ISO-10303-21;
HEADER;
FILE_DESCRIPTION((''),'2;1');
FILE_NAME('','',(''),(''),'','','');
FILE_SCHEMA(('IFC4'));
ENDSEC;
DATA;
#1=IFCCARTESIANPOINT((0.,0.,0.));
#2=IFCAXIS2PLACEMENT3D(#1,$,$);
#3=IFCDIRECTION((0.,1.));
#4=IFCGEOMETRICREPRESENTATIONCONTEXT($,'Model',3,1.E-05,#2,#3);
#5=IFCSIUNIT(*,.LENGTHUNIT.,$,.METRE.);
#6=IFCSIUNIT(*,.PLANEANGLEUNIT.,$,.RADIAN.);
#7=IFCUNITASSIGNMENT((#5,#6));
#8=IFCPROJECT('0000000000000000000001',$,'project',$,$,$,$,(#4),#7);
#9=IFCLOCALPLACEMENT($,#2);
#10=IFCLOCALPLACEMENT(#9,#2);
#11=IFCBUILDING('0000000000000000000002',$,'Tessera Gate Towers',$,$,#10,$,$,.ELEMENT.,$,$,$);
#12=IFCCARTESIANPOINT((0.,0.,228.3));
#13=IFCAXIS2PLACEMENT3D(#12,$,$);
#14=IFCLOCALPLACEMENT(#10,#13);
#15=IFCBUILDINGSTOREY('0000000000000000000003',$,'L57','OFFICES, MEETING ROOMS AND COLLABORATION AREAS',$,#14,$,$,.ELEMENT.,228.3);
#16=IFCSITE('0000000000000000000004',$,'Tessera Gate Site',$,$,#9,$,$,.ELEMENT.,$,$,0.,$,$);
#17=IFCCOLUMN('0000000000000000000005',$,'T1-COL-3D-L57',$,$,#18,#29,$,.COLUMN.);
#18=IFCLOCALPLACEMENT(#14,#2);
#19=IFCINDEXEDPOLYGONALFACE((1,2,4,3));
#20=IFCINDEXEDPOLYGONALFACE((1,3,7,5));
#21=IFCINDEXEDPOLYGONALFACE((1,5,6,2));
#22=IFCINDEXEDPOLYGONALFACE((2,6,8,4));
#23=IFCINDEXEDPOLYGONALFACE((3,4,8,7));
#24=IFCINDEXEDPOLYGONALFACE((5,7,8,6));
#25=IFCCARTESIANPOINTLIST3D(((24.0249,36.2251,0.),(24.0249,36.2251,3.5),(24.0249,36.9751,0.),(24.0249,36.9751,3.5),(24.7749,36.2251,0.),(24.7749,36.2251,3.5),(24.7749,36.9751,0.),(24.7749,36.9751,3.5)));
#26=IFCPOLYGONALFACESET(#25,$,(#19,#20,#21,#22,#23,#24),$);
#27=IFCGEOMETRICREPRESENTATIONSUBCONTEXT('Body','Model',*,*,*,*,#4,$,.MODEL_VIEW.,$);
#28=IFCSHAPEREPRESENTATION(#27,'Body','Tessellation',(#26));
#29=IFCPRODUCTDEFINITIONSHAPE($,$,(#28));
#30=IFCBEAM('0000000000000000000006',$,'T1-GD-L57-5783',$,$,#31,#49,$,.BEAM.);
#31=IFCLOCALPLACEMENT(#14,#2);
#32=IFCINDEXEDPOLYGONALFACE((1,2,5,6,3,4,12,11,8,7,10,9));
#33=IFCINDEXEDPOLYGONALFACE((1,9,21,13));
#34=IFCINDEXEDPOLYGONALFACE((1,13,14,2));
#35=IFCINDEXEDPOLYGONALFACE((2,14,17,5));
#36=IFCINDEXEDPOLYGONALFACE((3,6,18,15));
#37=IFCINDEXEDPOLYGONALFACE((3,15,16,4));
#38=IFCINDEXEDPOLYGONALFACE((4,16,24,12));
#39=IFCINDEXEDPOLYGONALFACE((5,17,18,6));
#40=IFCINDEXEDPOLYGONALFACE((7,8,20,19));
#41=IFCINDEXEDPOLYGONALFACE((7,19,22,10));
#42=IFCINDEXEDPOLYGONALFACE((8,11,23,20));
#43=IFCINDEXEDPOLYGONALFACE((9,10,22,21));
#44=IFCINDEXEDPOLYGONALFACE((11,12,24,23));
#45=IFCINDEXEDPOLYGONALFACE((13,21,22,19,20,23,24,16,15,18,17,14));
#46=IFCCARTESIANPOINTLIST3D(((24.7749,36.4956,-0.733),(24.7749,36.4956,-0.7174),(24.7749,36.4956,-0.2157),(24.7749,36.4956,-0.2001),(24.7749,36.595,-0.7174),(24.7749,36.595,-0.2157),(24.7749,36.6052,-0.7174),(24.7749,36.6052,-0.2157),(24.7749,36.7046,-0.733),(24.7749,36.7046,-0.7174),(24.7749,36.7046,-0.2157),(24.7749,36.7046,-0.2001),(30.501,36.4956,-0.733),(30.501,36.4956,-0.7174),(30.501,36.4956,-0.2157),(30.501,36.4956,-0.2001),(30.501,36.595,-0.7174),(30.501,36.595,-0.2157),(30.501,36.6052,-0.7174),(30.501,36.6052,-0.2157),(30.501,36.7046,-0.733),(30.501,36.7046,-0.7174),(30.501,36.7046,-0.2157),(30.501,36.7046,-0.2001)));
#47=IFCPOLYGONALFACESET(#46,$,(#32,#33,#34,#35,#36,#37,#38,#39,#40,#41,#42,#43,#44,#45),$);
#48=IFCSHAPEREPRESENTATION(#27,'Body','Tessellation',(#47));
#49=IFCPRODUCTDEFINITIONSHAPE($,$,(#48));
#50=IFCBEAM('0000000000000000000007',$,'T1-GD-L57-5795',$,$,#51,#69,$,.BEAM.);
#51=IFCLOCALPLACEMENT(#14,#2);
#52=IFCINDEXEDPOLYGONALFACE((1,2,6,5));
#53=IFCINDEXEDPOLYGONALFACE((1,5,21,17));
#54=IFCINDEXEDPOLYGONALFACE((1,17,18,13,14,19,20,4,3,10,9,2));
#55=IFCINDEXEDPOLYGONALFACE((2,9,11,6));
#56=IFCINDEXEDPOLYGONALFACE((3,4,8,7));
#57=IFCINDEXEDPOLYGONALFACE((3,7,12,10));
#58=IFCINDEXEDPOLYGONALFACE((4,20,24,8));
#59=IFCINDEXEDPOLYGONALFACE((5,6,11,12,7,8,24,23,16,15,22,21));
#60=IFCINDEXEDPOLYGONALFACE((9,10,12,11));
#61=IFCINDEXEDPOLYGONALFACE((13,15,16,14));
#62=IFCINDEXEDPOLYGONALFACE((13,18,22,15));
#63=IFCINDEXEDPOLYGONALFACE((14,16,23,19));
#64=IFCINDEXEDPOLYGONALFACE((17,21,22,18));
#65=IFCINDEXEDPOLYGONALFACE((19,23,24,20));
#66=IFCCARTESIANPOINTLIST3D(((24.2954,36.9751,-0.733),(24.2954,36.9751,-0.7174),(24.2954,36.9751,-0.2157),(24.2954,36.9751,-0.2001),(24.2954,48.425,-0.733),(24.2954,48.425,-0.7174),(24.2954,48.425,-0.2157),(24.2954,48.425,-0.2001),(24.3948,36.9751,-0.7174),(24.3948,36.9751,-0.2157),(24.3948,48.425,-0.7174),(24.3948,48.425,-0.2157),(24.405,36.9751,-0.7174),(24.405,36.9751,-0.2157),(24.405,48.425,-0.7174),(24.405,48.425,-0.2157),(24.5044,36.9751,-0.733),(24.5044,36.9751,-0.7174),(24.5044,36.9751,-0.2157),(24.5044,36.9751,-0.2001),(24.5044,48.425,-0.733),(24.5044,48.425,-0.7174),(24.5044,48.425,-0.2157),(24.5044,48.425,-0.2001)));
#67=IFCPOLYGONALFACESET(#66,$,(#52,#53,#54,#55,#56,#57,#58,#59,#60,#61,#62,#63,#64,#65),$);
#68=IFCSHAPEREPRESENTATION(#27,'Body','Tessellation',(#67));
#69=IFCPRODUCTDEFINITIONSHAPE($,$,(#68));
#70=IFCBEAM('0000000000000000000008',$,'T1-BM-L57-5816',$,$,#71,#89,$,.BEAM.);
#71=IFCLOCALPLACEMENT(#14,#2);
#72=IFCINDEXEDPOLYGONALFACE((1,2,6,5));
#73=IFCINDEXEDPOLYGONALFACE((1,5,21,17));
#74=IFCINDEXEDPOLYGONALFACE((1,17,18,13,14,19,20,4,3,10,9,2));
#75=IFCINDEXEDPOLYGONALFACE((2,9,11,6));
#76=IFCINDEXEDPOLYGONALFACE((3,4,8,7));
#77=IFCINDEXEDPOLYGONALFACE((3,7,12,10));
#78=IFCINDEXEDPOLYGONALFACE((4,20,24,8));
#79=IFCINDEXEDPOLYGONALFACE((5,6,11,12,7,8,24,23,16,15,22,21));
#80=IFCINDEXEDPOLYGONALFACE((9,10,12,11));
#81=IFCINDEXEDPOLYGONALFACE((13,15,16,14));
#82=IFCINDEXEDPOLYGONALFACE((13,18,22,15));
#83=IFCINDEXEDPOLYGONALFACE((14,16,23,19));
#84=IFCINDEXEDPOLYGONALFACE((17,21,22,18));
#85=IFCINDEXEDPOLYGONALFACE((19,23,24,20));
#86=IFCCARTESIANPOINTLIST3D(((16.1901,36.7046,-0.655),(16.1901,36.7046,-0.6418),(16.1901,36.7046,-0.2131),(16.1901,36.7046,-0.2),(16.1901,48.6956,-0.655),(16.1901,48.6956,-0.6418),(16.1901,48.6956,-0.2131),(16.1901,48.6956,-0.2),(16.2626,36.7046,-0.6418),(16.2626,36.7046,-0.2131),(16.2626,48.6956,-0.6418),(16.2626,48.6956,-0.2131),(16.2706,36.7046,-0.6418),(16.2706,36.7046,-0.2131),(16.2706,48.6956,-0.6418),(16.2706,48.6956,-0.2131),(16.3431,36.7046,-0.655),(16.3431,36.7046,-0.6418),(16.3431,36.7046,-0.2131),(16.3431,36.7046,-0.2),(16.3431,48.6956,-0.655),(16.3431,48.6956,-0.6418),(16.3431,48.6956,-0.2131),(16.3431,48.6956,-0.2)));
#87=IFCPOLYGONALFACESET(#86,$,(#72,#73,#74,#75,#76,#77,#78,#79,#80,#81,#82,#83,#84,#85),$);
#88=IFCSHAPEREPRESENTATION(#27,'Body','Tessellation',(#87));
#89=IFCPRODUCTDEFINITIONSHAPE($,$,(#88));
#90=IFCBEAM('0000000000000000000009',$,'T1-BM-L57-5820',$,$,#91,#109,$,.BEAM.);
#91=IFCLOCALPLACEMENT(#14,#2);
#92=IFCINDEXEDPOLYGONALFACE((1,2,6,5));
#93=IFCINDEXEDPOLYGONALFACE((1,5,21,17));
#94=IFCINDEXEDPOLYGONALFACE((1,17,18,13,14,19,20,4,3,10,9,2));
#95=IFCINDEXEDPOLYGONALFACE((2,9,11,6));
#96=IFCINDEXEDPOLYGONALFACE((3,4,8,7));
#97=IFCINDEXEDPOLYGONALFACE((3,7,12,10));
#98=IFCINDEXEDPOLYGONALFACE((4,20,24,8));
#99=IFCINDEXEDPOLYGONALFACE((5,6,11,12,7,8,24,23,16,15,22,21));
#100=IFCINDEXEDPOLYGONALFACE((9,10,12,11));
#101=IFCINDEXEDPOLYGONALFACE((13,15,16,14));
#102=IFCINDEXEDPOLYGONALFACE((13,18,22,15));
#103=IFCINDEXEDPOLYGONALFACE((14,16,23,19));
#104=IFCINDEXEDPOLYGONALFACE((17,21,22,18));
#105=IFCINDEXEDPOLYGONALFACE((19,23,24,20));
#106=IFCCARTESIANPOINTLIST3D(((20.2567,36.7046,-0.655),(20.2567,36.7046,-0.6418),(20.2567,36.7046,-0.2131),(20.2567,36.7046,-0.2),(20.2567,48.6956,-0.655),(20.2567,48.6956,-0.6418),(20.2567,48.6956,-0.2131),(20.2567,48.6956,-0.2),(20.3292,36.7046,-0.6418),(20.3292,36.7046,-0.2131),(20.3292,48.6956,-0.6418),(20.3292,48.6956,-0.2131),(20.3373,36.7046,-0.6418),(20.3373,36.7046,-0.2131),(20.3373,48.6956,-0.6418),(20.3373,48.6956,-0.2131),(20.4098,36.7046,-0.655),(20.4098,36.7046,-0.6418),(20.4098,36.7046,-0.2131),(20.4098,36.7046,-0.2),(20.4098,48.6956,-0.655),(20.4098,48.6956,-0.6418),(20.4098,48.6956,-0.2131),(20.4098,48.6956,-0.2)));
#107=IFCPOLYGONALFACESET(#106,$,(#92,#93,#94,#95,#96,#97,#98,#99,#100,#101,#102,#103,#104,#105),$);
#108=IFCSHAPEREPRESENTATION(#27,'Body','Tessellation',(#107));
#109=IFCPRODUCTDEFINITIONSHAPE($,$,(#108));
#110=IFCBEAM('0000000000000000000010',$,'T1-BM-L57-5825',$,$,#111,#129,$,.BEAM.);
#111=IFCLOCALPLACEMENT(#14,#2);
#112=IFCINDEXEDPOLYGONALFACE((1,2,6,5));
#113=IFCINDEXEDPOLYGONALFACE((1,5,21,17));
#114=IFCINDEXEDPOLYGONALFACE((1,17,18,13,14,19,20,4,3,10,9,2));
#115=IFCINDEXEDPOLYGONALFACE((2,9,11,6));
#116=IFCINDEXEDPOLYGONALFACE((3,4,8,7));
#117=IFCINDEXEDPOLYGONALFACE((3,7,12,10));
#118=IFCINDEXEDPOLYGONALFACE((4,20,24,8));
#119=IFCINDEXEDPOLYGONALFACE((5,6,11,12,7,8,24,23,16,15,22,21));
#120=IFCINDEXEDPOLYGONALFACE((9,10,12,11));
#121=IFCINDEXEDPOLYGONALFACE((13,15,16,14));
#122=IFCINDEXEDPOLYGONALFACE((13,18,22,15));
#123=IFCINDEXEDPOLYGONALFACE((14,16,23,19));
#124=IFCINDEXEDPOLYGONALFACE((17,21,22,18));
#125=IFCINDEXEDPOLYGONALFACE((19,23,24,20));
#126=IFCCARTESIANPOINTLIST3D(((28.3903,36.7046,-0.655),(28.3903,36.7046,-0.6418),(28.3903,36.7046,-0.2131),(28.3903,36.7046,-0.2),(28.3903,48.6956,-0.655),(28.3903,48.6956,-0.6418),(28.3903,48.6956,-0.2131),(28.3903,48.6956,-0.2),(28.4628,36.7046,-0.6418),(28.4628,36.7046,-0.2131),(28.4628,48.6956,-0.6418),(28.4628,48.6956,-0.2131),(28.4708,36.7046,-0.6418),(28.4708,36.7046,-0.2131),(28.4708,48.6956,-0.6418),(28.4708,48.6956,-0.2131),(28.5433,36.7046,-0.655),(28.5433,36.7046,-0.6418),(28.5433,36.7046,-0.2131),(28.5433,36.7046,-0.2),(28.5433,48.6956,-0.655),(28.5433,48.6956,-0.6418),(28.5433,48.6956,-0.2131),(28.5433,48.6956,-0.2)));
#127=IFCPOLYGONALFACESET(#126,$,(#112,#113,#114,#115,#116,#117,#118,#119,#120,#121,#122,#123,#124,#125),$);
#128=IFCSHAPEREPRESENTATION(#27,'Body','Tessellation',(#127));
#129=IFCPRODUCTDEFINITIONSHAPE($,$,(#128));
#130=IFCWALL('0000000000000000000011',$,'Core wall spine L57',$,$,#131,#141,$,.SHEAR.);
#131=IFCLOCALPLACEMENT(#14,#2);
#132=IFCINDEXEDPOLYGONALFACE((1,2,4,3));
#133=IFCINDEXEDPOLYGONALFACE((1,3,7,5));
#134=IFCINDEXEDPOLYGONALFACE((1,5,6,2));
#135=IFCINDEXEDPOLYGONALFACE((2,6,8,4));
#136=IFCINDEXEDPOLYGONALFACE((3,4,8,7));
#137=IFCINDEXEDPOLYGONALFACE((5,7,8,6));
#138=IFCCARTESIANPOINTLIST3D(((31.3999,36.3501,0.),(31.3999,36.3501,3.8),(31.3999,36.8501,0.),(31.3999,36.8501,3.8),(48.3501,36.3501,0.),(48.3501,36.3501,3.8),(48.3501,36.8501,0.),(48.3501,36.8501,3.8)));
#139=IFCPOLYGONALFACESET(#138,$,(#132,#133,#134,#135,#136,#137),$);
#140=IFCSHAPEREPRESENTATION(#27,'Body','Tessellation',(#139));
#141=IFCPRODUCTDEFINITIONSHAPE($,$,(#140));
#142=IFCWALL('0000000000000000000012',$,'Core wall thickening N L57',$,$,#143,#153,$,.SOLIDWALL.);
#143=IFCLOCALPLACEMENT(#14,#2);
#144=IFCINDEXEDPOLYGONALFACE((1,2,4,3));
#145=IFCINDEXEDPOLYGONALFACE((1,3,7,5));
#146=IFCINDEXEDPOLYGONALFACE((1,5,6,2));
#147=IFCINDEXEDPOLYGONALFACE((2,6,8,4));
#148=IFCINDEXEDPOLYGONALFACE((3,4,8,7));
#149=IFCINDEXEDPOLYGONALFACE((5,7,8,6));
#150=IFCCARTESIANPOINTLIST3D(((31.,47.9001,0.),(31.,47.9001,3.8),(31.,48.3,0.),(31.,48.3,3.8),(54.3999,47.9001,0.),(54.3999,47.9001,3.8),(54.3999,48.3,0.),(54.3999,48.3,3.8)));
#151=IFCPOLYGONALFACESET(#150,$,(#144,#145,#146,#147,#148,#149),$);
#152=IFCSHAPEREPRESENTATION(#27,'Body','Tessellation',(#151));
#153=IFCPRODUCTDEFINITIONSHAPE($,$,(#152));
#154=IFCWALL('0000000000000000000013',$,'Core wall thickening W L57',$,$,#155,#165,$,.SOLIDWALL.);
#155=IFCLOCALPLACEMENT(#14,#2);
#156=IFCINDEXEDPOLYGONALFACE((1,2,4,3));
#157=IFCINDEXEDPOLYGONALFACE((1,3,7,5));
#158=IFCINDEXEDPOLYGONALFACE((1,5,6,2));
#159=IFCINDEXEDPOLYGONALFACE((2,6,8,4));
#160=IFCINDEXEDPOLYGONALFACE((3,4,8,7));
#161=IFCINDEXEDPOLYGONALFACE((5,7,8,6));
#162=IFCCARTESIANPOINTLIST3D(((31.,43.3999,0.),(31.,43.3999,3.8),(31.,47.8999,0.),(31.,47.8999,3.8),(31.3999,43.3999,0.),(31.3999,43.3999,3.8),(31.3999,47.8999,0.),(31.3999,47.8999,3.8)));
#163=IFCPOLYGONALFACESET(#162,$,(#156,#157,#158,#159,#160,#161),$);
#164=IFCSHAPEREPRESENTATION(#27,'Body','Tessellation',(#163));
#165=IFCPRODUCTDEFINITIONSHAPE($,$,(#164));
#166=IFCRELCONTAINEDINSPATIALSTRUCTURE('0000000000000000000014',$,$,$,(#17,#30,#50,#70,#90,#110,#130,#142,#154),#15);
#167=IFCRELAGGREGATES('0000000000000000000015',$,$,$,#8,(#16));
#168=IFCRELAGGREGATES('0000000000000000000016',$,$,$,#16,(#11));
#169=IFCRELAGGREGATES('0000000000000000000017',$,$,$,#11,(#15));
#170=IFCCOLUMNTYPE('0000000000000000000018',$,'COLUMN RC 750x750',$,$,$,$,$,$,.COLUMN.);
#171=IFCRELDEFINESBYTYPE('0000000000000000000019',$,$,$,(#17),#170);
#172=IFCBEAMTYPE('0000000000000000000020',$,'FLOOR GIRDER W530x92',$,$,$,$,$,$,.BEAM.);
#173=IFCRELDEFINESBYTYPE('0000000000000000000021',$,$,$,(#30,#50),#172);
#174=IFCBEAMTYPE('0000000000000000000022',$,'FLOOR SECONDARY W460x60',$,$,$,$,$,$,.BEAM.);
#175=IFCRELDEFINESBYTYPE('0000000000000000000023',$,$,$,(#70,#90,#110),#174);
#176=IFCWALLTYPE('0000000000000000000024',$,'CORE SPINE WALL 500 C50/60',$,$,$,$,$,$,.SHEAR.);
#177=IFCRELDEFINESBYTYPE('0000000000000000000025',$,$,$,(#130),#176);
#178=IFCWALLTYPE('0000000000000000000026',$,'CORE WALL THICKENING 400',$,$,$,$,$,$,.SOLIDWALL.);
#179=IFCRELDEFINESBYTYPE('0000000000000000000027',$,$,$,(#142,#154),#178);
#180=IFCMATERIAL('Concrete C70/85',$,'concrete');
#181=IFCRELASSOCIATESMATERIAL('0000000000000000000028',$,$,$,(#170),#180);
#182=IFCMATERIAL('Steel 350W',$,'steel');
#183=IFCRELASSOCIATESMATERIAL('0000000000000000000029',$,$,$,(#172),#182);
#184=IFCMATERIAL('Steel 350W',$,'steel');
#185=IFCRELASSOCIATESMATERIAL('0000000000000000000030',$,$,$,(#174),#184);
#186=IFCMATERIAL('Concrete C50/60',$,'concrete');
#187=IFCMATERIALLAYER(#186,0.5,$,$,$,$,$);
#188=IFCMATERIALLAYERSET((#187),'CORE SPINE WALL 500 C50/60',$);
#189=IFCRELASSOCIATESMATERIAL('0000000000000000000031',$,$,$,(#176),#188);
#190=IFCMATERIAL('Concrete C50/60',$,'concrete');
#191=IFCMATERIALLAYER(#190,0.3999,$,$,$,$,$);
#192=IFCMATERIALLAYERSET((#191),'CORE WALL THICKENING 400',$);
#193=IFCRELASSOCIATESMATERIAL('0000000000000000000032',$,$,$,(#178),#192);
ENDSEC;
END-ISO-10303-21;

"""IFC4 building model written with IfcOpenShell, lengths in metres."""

from ifc_helpers import new_model, si_unit, direction, frame, frame_2d, origin, origin_2d, place, context, subcontext, project, spatial, rectangle, i_section, extrude, material, layer, layer_set, material_profile, profile_set, type_object, element, save


model = new_model("IFC4")

# Units and contexts
model_context = context("Model", 3, precision=1e-05, world=origin(), true_north=direction((0.0, 1.0)))
body_context = subcontext(model_context, "Body", "Model", "MODEL_VIEW")
ifc_project = project(units=[si_unit("LENGTHUNIT", "METRE"), si_unit("PLANEANGLEUNIT", "RADIAN")], contexts=[model_context])

# Site, building, storey
site_placement = place(None, origin())
site = spatial("IfcSite", under=ifc_project, at=site_placement, Name="Tessera Gate Site", CompositionType="ELEMENT", RefElevation=0.0)
building_placement = place(site_placement, origin())
building = spatial("IfcBuilding", under=site, at=building_placement, Name="Tessera Gate Towers", CompositionType="ELEMENT")
storey_placement = place(building_placement, frame((0.0, 0.0, 228.3)))
storey = spatial("IfcBuildingStorey", under=building, at=storey_placement, Name="L57", Description="OFFICES, MEETING ROOMS AND COLLABORATION AREAS", CompositionType="ELEMENT", Elevation=228.3)

# Column
ifc_material_1 = material(Name="Concrete C70/85", Category="concrete")
ifc_material_profile_1 = material_profile(ifc_material_1, rectangle(XDim=0.75, YDim=0.75, at=origin_2d()), Name="RC 750x750")
ifc_profile_set_1 = profile_set([ifc_material_profile_1], Name="Concrete C70/85")
column_type = type_object("IfcColumnType", Name="COLUMN RC 750x750", PredefinedType="COLUMN", material=ifc_profile_set_1)
column_placement = place(storey_placement, frame((24.3999, 36.6001, 0.0), z_axis=(0.0, 0.0, 1.0), x_axis=(1.0, 0.0, 0.0)))
element("IfcColumn", 1, at=column_placement, inside=storey, type_object=column_type, Name="T1-COL-3D-L57", PredefinedType="COLUMN", context=body_context, shape_type="SweptSolid", body=[
    extrude(rectangle(XDim=0.75, YDim=0.75, at=origin_2d()), origin(), (0.0, 0.0, 1.0), 3.5),
])

# Beams
ifc_material_2 = material(Name="Steel 350W", Category="steel")
ifc_material_profile_2 = material_profile(ifc_material_2, i_section(OverallWidth=0.209, OverallDepth=0.533, WebThickness=0.0103, FlangeThickness=0.0156, at=origin_2d()), Name="W530x92")
ifc_profile_set_2 = profile_set([ifc_material_profile_2], Name="Steel 350W")
beam_type_1 = type_object("IfcBeamType", Name="FLOOR GIRDER W530x92", PredefinedType="BEAM", material=ifc_profile_set_2)
beam_1_placement = place(storey_placement, frame((24.7749, 36.6001, -0.4666), z_axis=(1.0, 0.0, 0.0), x_axis=(0.0, 1.0, 0.0)))
element("IfcBeam", 2, at=beam_1_placement, inside=storey, type_object=beam_type_1, Name="T1-GD-L57-5783", PredefinedType="BEAM", context=body_context, shape_type="SweptSolid", body=[
    extrude(i_section(OverallWidth=0.209, OverallDepth=0.533, WebThickness=0.0103, FlangeThickness=0.0156, at=origin_2d()), origin(), (0.0, 0.0, 1.0), 5.7261),
])
beam_2_placement = place(storey_placement, frame((24.3999, 36.9751, -0.4666), z_axis=(0.0, 1.0, 0.0), x_axis=(-1.0, 0.0, 0.0)))
element("IfcBeam", 3, at=beam_2_placement, inside=storey, type_object=beam_type_1, Name="T1-GD-L57-5795", PredefinedType="BEAM", context=body_context, shape_type="SweptSolid", body=[
    extrude(i_section(OverallWidth=0.209, OverallDepth=0.533, WebThickness=0.0103, FlangeThickness=0.0156, at=origin_2d()), origin(), (0.0, 0.0, 1.0), 11.45),
])
ifc_material_3 = material(Name="Steel 350W", Category="steel")
ifc_material_profile_3 = material_profile(ifc_material_3, i_section(OverallWidth=0.1531, OverallDepth=0.4551, WebThickness=0.0081, FlangeThickness=0.0132, at=origin_2d()), Name="W460x60")
ifc_profile_set_3 = profile_set([ifc_material_profile_3], Name="Steel 350W")
beam_type_2 = type_object("IfcBeamType", Name="FLOOR SECONDARY W460x60", PredefinedType="BEAM", material=ifc_profile_set_3)
for number, where, z_axis, x_axis, name in (
    (4, (16.2666, 36.7046, -0.4275), (0.0, 1.0, 0.0), (-1.0, 0.0, 0.0), "T1-BM-L57-5816"),
    (5, (20.3333, 36.7046, -0.4275), (0.0, 1.0, 0.0), (-1.0, 0.0, 0.0), "T1-BM-L57-5820"),
    (6, (28.4668, 36.7046, -0.4275), (0.0, 1.0, 0.0), (-1.0, 0.0, 0.0), "T1-BM-L57-5825"),
):
    element("IfcBeam", number, at=place(storey_placement, frame(where, z_axis=z_axis, x_axis=x_axis)), inside=storey, type_object=beam_type_2, Name=name, PredefinedType="BEAM", context=body_context, shape_type="SweptSolid", body=[
        extrude(i_section(OverallWidth=0.1531, OverallDepth=0.4551, WebThickness=0.0081, FlangeThickness=0.0132, at=origin_2d()), origin(), (0.0, 0.0, 1.0), 11.991),
    ])

# Walls
ifc_material_4 = material(Name="Concrete C50/60", Category="concrete")
ifc_layer_1 = layer(ifc_material_4, 0.5)
ifc_layer_set_1 = layer_set([ifc_layer_1], Name="CORE SPINE WALL 500 C50/60")
wall_type_1 = type_object("IfcWallType", Name="CORE SPINE WALL 500 C50/60", PredefinedType="SHEAR", material=ifc_layer_set_1)
wall_1_placement = place(storey_placement, frame((31.3999, 36.6001, 0.0), z_axis=(0.0, 0.0, 1.0), x_axis=(1.0, 0.0, 0.0)))
element("IfcWall", 7, at=wall_1_placement, inside=storey, type_object=wall_type_1, Name="Core wall spine L57", PredefinedType="SHEAR", context=body_context, shape_type="SweptSolid", body=[
    extrude(rectangle(XDim=16.9502, YDim=0.5, at=frame_2d((8.4751, 0.0))), origin(), (0.0, 0.0, 1.0), 3.8),
])
ifc_material_5 = material(Name="Concrete C50/60", Category="concrete")
ifc_layer_2 = layer(ifc_material_5, 0.3999)
ifc_layer_set_2 = layer_set([ifc_layer_2], Name="CORE WALL THICKENING 400")
wall_type_2 = type_object("IfcWallType", Name="CORE WALL THICKENING 400", PredefinedType="SOLIDWALL", material=ifc_layer_set_2)
wall_2_placement = place(storey_placement, frame((31.0, 48.1001, 0.0), z_axis=(0.0, 0.0, 1.0), x_axis=(1.0, 0.0, 0.0)))
element("IfcWall", 8, at=wall_2_placement, inside=storey, type_object=wall_type_2, Name="Core wall thickening N L57", PredefinedType="SOLIDWALL", context=body_context, shape_type="SweptSolid", body=[
    extrude(rectangle(XDim=23.3999, YDim=0.3999, at=frame_2d((11.7, 0.0))), origin(), (0.0, 0.0, 1.0), 3.8),
])
wall_3_placement = place(storey_placement, frame((31.2, 43.3999, 0.0), z_axis=(0.0, 0.0, 1.0), x_axis=(0.0, 1.0, 0.0)))
element("IfcWall", 9, at=wall_3_placement, inside=storey, type_object=wall_type_2, Name="Core wall thickening W L57", PredefinedType="SOLIDWALL", context=body_context, shape_type="SweptSolid", body=[
    extrude(rectangle(XDim=4.5, YDim=0.3999, at=frame_2d((2.25, 0.0))), origin(), (0.0, 0.0, 1.0), 3.8),
])

save(model, "model.ifc")
